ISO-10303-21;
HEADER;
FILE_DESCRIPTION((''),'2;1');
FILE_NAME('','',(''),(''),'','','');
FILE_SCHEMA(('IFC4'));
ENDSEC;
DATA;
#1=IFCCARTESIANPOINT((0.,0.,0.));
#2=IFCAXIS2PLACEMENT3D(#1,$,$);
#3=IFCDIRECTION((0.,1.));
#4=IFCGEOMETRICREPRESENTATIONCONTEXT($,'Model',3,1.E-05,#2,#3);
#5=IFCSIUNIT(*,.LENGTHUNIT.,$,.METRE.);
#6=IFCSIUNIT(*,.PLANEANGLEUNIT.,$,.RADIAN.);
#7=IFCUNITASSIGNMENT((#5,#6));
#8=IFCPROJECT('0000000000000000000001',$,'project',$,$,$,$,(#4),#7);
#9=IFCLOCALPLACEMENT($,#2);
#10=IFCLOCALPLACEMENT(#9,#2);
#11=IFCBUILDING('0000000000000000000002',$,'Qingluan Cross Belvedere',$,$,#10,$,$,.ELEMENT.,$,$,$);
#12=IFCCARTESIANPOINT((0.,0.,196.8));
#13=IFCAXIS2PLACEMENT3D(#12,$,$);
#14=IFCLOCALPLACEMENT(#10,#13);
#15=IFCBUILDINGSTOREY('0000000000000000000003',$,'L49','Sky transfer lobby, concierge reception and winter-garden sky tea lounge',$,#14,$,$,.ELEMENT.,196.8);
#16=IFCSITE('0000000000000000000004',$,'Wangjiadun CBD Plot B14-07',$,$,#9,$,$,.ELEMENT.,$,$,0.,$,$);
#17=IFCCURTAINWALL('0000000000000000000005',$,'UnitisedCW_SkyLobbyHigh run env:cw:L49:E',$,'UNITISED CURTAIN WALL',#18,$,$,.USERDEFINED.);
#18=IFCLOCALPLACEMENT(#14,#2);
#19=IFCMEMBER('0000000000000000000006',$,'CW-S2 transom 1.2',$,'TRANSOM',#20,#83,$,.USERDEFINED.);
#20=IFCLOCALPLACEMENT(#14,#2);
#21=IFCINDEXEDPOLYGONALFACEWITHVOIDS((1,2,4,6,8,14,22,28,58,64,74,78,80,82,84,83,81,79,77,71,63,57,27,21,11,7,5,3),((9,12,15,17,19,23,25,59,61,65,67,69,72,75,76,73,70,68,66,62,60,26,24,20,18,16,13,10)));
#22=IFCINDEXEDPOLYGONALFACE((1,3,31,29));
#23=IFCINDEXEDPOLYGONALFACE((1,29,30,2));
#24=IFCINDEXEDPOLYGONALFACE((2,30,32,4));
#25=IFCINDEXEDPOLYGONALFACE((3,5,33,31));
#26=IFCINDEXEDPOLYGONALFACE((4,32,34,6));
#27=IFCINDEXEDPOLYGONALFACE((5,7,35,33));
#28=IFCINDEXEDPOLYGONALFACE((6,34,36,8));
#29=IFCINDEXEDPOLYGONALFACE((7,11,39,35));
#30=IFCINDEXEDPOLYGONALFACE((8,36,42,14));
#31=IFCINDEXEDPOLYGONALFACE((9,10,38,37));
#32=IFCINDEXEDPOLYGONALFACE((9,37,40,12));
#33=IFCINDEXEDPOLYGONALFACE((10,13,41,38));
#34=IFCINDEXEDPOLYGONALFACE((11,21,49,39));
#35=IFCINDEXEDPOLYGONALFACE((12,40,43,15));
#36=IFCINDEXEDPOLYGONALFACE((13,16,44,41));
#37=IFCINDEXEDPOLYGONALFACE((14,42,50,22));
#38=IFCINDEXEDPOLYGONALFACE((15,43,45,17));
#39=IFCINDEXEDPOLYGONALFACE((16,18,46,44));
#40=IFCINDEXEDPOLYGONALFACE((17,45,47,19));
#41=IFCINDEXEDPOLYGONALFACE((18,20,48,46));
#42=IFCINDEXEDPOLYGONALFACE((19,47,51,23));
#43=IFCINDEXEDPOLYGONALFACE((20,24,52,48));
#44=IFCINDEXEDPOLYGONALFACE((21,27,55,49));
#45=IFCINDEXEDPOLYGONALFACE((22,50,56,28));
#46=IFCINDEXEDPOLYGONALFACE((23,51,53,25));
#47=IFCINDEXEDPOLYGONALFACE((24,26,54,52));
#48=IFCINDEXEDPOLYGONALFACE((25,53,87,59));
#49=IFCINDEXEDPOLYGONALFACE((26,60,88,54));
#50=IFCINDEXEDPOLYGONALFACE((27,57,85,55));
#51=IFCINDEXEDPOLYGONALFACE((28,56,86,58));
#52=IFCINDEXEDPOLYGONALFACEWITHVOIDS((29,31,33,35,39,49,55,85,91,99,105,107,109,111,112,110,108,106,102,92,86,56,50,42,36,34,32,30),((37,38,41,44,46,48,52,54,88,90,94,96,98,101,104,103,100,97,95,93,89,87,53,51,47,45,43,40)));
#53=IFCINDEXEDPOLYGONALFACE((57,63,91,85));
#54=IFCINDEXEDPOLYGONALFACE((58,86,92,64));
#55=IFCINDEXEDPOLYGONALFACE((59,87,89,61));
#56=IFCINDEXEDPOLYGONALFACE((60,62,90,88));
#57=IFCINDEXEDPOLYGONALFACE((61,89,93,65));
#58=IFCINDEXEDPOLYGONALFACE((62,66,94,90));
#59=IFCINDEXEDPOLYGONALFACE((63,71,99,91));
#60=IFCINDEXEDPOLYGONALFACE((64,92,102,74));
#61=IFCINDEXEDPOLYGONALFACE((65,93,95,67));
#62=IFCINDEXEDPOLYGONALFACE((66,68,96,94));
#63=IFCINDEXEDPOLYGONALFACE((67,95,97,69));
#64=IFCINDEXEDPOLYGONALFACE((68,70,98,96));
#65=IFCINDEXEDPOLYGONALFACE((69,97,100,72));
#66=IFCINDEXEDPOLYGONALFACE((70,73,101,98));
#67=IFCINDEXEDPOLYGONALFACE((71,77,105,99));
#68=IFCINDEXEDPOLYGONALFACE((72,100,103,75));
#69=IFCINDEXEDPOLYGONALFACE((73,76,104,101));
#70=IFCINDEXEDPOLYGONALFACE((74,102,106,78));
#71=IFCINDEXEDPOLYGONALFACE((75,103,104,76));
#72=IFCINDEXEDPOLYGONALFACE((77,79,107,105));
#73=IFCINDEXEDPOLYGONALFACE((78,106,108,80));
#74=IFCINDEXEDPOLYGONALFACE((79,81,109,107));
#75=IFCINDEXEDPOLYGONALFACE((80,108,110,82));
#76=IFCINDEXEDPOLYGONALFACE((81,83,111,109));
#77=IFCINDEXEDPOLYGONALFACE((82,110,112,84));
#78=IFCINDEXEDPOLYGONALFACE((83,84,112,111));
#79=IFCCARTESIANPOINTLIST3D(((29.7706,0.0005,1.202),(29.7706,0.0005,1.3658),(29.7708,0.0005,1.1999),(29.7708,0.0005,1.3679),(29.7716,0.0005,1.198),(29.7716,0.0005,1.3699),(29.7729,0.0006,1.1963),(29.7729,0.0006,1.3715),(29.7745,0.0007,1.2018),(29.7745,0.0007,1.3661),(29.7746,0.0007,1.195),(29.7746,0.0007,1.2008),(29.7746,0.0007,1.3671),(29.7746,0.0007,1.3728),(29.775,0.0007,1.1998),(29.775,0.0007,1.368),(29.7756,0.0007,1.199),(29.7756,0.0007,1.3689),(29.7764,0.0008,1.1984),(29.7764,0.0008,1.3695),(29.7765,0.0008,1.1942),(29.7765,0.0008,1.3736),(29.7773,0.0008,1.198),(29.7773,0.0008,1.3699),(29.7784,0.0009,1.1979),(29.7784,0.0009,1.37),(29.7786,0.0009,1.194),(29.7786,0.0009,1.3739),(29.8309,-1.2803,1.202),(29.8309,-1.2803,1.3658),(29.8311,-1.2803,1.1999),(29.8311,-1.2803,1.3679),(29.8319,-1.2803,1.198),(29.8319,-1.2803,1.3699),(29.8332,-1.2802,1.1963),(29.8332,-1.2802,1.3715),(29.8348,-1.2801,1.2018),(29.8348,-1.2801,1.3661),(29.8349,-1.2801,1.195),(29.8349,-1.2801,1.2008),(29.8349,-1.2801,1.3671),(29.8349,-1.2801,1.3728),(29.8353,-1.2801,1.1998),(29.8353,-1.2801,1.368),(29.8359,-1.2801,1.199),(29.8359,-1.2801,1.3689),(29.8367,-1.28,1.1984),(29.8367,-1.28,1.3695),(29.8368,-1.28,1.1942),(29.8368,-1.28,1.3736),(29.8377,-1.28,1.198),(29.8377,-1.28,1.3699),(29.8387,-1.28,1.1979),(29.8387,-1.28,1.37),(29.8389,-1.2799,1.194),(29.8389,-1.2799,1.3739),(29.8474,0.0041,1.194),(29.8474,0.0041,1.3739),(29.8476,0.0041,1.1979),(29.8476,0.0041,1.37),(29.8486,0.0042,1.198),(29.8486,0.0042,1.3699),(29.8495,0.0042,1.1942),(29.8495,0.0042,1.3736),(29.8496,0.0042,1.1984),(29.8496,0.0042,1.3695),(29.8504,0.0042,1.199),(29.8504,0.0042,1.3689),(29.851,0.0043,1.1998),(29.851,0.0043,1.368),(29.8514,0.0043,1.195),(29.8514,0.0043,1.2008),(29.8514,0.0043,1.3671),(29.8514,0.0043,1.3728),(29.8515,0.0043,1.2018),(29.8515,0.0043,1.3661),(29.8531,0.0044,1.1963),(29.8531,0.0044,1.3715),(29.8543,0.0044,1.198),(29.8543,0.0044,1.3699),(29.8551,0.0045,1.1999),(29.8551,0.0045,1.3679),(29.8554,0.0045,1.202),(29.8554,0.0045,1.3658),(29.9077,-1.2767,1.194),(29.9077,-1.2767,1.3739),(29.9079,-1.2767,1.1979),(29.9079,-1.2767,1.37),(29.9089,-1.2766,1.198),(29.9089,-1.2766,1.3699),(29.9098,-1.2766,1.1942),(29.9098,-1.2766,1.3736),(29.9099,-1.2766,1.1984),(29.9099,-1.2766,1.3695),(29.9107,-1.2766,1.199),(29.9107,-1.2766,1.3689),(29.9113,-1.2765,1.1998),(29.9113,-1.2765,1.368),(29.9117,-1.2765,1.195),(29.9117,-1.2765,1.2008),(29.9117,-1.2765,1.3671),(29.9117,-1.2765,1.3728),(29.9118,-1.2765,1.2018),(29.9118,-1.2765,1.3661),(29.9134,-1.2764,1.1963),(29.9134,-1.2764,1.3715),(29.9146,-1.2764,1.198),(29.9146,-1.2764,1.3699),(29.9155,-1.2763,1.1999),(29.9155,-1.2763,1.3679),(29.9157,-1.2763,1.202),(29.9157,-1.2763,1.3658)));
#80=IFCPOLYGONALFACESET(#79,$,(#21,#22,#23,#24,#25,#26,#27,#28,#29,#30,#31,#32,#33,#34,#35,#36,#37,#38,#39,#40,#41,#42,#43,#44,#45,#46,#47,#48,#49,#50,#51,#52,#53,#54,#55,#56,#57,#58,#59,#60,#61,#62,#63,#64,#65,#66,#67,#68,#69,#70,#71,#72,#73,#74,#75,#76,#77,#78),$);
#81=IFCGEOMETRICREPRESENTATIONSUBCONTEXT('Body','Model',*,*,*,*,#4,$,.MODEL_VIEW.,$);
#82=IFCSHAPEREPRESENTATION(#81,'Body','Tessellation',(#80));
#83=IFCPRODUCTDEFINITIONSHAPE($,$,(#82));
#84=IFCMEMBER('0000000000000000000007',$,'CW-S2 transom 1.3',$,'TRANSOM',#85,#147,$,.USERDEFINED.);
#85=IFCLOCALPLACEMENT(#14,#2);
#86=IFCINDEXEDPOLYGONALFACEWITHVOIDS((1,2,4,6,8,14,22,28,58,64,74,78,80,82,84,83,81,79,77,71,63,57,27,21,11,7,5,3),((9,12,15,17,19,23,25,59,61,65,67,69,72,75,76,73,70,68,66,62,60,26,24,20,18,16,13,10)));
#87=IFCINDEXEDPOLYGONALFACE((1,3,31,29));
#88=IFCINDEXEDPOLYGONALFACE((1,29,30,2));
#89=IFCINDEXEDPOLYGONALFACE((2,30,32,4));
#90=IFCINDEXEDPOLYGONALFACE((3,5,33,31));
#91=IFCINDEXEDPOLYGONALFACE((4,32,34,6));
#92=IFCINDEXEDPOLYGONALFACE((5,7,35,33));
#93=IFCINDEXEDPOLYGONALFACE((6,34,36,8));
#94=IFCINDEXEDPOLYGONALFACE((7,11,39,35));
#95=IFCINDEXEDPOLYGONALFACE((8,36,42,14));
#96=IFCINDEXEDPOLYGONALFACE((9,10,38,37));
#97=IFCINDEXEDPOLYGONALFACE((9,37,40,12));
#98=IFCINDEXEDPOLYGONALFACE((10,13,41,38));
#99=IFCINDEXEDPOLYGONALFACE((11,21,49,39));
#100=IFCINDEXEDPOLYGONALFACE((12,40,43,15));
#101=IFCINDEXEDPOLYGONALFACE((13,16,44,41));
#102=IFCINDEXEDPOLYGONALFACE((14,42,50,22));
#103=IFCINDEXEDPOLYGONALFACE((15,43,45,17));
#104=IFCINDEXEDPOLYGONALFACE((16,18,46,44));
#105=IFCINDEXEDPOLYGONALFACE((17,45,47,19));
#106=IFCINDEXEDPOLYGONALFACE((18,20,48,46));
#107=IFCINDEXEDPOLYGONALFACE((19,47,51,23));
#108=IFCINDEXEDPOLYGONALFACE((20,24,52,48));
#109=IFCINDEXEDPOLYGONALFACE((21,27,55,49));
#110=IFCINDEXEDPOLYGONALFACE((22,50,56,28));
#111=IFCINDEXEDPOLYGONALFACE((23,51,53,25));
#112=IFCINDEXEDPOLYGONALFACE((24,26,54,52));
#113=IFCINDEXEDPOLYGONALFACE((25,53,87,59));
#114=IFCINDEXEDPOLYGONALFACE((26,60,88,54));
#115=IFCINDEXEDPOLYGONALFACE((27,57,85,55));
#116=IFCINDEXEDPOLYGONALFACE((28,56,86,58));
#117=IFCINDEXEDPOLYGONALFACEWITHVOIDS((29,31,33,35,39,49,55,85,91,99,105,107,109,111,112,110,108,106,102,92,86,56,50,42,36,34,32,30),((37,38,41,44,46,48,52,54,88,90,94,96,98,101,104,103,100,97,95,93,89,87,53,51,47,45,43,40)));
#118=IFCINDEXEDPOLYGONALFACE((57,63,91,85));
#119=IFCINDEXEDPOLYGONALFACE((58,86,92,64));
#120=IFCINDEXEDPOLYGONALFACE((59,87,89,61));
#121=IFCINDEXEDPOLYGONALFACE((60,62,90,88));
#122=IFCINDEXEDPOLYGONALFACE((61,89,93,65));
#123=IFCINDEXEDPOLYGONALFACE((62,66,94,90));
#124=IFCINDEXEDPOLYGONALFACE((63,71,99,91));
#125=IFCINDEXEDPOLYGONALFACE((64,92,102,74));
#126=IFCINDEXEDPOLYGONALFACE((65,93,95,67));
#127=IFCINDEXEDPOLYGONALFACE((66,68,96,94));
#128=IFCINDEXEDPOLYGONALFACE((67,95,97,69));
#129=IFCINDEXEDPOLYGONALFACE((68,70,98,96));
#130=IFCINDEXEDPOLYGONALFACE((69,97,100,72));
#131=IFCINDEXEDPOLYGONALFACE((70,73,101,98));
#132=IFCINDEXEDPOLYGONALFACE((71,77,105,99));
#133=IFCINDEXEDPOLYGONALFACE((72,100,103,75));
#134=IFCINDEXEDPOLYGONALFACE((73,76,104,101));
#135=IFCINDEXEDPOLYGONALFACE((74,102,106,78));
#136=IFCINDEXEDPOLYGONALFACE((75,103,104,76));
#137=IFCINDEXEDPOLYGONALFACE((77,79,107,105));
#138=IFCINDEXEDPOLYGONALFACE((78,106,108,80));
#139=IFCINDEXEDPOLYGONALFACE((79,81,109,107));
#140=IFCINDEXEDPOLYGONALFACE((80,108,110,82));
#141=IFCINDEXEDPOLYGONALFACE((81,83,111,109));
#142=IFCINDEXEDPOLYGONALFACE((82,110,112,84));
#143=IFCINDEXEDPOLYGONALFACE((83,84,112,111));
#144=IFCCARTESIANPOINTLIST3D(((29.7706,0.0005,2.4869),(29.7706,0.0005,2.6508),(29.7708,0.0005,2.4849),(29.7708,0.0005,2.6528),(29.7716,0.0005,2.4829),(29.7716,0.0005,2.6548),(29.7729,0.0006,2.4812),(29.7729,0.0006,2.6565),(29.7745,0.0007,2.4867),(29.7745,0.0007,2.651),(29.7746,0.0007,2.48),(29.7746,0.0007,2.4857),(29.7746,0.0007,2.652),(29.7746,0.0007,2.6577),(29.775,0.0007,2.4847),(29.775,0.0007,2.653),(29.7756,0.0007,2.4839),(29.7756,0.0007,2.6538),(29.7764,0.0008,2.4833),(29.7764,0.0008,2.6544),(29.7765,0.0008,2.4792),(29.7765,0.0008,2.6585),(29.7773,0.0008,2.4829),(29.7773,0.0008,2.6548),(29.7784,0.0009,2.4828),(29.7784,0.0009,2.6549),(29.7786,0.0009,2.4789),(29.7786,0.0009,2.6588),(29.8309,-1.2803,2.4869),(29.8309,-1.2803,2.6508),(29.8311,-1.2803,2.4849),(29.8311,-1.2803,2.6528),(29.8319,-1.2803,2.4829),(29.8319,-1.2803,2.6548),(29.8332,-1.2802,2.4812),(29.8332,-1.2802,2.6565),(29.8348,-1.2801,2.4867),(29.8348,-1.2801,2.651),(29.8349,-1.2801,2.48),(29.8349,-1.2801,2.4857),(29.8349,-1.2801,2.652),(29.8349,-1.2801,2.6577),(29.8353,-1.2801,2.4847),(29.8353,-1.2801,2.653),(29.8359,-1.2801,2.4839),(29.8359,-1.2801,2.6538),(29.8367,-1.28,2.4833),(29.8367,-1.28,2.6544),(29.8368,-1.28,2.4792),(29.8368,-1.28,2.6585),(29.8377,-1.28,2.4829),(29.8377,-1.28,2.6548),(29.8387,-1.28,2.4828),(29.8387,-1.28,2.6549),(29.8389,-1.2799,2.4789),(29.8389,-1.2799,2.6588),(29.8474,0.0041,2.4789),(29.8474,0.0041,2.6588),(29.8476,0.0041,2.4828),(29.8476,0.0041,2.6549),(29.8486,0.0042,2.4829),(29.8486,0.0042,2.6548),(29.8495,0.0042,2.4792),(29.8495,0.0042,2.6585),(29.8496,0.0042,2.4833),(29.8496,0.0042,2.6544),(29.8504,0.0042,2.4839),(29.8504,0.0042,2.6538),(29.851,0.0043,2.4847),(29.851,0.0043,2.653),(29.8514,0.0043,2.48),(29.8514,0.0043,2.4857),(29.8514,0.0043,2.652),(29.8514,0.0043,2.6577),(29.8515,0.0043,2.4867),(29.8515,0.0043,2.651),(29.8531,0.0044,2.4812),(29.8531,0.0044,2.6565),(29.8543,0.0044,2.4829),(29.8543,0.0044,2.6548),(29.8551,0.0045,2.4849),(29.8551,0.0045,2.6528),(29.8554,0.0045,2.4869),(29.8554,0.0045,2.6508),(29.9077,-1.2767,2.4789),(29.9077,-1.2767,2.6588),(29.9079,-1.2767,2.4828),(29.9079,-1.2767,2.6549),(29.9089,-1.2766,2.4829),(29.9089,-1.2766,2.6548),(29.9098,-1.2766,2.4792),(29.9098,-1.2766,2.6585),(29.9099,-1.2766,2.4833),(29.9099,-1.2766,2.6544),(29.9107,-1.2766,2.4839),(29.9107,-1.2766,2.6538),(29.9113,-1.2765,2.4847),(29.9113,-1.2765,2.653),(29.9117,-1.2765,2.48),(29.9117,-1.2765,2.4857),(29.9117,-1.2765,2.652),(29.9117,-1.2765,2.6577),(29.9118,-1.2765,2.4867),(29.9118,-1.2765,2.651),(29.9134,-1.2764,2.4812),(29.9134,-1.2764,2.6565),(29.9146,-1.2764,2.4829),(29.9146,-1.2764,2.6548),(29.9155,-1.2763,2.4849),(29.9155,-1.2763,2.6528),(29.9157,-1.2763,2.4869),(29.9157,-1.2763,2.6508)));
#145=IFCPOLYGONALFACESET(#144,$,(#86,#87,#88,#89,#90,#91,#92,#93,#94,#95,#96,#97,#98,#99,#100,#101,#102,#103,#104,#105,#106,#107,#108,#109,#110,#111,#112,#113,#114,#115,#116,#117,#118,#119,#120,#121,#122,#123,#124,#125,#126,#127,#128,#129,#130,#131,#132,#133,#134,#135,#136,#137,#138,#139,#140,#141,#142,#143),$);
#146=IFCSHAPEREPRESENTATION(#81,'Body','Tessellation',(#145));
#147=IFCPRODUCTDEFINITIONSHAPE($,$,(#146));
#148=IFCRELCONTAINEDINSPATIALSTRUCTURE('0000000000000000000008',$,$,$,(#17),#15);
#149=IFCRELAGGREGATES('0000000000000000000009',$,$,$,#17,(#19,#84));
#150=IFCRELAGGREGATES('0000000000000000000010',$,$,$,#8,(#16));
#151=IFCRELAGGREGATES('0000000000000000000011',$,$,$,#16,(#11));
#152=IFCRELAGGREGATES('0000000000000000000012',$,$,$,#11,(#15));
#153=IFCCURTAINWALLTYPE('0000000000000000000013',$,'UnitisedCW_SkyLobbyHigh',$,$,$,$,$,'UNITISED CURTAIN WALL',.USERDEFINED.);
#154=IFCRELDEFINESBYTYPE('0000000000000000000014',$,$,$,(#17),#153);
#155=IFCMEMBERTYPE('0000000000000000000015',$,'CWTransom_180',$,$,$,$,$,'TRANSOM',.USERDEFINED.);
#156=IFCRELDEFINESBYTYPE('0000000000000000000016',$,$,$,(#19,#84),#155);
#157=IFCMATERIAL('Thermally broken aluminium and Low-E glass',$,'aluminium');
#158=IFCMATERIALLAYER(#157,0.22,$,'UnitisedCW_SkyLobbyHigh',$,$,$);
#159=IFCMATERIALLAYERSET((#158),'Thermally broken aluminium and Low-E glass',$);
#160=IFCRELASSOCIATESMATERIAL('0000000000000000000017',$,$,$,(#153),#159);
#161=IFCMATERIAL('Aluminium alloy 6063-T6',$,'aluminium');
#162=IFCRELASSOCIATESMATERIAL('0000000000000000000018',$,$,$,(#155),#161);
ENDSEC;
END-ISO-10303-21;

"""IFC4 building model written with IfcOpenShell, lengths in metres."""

from ifc_helpers import new_model, si_unit, direction, frame, origin, origin_2d, place, context, subcontext, project, spatial, hollow_rectangle, extrude, material, layer, layer_set, material_profile, profile_set, type_object, element, aggregate, save


model = new_model("IFC4")

# Units and contexts
model_context = context("Model", 3, precision=1e-05, world=origin(), true_north=direction((0.0, 1.0)))
body_context = subcontext(model_context, "Body", "Model", "MODEL_VIEW")
ifc_project = project(units=[si_unit("LENGTHUNIT", "METRE"), si_unit("PLANEANGLEUNIT", "RADIAN")], contexts=[model_context])

# Site, building, storey
site_placement = place(None, origin())
site = spatial("IfcSite", under=ifc_project, at=site_placement, Name="Wangjiadun CBD Plot B14-07", CompositionType="ELEMENT", RefElevation=0.0)
building_placement = place(site_placement, origin())
building = spatial("IfcBuilding", under=site, at=building_placement, Name="Qingluan Cross Belvedere", CompositionType="ELEMENT")
storey_placement = place(building_placement, frame((0.0, 0.0, 196.8)))
storey = spatial("IfcBuildingStorey", under=building, at=storey_placement, Name="L49", Description="Sky transfer lobby, concierge reception and winter-garden sky tea lounge", CompositionType="ELEMENT", Elevation=196.8)

# Curtain wall, members
ifc_material_1 = material(Name="Thermally broken aluminium and Low-E glass", Category="aluminium")
ifc_layer_1 = layer(ifc_material_1, 0.22, Name="UnitisedCW_SkyLobbyHigh")
ifc_layer_set_1 = layer_set([ifc_layer_1], Name="Thermally broken aluminium and Low-E glass")
curtain_wall_type = type_object("IfcCurtainWallType", Name="UnitisedCW_SkyLobbyHigh", ElementType="UNITISED CURTAIN WALL", PredefinedType="USERDEFINED", material=ifc_layer_set_1)
curtain_wall_placement = place(storey_placement, origin())
curtain_wall = element("IfcCurtainWall", 1, at=curtain_wall_placement, inside=storey, type_object=curtain_wall_type, Name="UnitisedCW_SkyLobbyHigh run env:cw:L49:E", ObjectType="UNITISED CURTAIN WALL", PredefinedType="USERDEFINED")
ifc_material_2 = material(Name="Aluminium alloy 6063-T6", Category="aluminium")
ifc_material_profile_1 = material_profile(ifc_material_2, hollow_rectangle(XDim=0.085, YDim=0.1799, WallThickness=0.0039, InnerFilletRadius=0.0039, OuterFilletRadius=0.0081, at=origin_2d()), Name="CWT180x85x4")
ifc_profile_set_1 = profile_set([ifc_material_profile_1], Name="Aluminium alloy 6063-T6")
member_type_1 = type_object("IfcMemberType", Name="CWTransom_180", ElementType="TRANSOM", PredefinedType="USERDEFINED", material=ifc_profile_set_1)
member_1_placement = place(storey_placement, frame((29.8733, -1.2783, 1.2839), z_axis=(-0.047031, 0.998893, 0.0), x_axis=(-0.998893, -0.047031, 0.0)))
member_1 = element("IfcMember", 2, at=member_1_placement, type_object=member_type_1, Name="CW-S2 transom 1.2", ObjectType="TRANSOM", PredefinedType="USERDEFINED", context=body_context, shape_type="SweptSolid", body=[
    extrude(hollow_rectangle(XDim=0.085, YDim=0.1799, WallThickness=0.0039, InnerFilletRadius=0.0039, OuterFilletRadius=0.0081, at=origin_2d()), origin(), (0.0, 0.0, 1.0), 1.2822),
])
member_2_placement = place(storey_placement, frame((29.8733, -1.2783, 2.5688), z_axis=(-0.047031, 0.998893, 0.0), x_axis=(-0.998893, -0.047031, 0.0)))
member_2 = element("IfcMember", 3, at=member_2_placement, type_object=member_type_1, Name="CW-S2 transom 1.3", ObjectType="TRANSOM", PredefinedType="USERDEFINED", context=body_context, shape_type="SweptSolid", body=[
    extrude(hollow_rectangle(XDim=0.085, YDim=0.1799, WallThickness=0.0039, InnerFilletRadius=0.0039, OuterFilletRadius=0.0081, at=origin_2d()), origin(), (0.0, 0.0, 1.0), 1.2822),
])
aggregate(curtain_wall, [member_1, member_2])

save(model, "model.ifc")
